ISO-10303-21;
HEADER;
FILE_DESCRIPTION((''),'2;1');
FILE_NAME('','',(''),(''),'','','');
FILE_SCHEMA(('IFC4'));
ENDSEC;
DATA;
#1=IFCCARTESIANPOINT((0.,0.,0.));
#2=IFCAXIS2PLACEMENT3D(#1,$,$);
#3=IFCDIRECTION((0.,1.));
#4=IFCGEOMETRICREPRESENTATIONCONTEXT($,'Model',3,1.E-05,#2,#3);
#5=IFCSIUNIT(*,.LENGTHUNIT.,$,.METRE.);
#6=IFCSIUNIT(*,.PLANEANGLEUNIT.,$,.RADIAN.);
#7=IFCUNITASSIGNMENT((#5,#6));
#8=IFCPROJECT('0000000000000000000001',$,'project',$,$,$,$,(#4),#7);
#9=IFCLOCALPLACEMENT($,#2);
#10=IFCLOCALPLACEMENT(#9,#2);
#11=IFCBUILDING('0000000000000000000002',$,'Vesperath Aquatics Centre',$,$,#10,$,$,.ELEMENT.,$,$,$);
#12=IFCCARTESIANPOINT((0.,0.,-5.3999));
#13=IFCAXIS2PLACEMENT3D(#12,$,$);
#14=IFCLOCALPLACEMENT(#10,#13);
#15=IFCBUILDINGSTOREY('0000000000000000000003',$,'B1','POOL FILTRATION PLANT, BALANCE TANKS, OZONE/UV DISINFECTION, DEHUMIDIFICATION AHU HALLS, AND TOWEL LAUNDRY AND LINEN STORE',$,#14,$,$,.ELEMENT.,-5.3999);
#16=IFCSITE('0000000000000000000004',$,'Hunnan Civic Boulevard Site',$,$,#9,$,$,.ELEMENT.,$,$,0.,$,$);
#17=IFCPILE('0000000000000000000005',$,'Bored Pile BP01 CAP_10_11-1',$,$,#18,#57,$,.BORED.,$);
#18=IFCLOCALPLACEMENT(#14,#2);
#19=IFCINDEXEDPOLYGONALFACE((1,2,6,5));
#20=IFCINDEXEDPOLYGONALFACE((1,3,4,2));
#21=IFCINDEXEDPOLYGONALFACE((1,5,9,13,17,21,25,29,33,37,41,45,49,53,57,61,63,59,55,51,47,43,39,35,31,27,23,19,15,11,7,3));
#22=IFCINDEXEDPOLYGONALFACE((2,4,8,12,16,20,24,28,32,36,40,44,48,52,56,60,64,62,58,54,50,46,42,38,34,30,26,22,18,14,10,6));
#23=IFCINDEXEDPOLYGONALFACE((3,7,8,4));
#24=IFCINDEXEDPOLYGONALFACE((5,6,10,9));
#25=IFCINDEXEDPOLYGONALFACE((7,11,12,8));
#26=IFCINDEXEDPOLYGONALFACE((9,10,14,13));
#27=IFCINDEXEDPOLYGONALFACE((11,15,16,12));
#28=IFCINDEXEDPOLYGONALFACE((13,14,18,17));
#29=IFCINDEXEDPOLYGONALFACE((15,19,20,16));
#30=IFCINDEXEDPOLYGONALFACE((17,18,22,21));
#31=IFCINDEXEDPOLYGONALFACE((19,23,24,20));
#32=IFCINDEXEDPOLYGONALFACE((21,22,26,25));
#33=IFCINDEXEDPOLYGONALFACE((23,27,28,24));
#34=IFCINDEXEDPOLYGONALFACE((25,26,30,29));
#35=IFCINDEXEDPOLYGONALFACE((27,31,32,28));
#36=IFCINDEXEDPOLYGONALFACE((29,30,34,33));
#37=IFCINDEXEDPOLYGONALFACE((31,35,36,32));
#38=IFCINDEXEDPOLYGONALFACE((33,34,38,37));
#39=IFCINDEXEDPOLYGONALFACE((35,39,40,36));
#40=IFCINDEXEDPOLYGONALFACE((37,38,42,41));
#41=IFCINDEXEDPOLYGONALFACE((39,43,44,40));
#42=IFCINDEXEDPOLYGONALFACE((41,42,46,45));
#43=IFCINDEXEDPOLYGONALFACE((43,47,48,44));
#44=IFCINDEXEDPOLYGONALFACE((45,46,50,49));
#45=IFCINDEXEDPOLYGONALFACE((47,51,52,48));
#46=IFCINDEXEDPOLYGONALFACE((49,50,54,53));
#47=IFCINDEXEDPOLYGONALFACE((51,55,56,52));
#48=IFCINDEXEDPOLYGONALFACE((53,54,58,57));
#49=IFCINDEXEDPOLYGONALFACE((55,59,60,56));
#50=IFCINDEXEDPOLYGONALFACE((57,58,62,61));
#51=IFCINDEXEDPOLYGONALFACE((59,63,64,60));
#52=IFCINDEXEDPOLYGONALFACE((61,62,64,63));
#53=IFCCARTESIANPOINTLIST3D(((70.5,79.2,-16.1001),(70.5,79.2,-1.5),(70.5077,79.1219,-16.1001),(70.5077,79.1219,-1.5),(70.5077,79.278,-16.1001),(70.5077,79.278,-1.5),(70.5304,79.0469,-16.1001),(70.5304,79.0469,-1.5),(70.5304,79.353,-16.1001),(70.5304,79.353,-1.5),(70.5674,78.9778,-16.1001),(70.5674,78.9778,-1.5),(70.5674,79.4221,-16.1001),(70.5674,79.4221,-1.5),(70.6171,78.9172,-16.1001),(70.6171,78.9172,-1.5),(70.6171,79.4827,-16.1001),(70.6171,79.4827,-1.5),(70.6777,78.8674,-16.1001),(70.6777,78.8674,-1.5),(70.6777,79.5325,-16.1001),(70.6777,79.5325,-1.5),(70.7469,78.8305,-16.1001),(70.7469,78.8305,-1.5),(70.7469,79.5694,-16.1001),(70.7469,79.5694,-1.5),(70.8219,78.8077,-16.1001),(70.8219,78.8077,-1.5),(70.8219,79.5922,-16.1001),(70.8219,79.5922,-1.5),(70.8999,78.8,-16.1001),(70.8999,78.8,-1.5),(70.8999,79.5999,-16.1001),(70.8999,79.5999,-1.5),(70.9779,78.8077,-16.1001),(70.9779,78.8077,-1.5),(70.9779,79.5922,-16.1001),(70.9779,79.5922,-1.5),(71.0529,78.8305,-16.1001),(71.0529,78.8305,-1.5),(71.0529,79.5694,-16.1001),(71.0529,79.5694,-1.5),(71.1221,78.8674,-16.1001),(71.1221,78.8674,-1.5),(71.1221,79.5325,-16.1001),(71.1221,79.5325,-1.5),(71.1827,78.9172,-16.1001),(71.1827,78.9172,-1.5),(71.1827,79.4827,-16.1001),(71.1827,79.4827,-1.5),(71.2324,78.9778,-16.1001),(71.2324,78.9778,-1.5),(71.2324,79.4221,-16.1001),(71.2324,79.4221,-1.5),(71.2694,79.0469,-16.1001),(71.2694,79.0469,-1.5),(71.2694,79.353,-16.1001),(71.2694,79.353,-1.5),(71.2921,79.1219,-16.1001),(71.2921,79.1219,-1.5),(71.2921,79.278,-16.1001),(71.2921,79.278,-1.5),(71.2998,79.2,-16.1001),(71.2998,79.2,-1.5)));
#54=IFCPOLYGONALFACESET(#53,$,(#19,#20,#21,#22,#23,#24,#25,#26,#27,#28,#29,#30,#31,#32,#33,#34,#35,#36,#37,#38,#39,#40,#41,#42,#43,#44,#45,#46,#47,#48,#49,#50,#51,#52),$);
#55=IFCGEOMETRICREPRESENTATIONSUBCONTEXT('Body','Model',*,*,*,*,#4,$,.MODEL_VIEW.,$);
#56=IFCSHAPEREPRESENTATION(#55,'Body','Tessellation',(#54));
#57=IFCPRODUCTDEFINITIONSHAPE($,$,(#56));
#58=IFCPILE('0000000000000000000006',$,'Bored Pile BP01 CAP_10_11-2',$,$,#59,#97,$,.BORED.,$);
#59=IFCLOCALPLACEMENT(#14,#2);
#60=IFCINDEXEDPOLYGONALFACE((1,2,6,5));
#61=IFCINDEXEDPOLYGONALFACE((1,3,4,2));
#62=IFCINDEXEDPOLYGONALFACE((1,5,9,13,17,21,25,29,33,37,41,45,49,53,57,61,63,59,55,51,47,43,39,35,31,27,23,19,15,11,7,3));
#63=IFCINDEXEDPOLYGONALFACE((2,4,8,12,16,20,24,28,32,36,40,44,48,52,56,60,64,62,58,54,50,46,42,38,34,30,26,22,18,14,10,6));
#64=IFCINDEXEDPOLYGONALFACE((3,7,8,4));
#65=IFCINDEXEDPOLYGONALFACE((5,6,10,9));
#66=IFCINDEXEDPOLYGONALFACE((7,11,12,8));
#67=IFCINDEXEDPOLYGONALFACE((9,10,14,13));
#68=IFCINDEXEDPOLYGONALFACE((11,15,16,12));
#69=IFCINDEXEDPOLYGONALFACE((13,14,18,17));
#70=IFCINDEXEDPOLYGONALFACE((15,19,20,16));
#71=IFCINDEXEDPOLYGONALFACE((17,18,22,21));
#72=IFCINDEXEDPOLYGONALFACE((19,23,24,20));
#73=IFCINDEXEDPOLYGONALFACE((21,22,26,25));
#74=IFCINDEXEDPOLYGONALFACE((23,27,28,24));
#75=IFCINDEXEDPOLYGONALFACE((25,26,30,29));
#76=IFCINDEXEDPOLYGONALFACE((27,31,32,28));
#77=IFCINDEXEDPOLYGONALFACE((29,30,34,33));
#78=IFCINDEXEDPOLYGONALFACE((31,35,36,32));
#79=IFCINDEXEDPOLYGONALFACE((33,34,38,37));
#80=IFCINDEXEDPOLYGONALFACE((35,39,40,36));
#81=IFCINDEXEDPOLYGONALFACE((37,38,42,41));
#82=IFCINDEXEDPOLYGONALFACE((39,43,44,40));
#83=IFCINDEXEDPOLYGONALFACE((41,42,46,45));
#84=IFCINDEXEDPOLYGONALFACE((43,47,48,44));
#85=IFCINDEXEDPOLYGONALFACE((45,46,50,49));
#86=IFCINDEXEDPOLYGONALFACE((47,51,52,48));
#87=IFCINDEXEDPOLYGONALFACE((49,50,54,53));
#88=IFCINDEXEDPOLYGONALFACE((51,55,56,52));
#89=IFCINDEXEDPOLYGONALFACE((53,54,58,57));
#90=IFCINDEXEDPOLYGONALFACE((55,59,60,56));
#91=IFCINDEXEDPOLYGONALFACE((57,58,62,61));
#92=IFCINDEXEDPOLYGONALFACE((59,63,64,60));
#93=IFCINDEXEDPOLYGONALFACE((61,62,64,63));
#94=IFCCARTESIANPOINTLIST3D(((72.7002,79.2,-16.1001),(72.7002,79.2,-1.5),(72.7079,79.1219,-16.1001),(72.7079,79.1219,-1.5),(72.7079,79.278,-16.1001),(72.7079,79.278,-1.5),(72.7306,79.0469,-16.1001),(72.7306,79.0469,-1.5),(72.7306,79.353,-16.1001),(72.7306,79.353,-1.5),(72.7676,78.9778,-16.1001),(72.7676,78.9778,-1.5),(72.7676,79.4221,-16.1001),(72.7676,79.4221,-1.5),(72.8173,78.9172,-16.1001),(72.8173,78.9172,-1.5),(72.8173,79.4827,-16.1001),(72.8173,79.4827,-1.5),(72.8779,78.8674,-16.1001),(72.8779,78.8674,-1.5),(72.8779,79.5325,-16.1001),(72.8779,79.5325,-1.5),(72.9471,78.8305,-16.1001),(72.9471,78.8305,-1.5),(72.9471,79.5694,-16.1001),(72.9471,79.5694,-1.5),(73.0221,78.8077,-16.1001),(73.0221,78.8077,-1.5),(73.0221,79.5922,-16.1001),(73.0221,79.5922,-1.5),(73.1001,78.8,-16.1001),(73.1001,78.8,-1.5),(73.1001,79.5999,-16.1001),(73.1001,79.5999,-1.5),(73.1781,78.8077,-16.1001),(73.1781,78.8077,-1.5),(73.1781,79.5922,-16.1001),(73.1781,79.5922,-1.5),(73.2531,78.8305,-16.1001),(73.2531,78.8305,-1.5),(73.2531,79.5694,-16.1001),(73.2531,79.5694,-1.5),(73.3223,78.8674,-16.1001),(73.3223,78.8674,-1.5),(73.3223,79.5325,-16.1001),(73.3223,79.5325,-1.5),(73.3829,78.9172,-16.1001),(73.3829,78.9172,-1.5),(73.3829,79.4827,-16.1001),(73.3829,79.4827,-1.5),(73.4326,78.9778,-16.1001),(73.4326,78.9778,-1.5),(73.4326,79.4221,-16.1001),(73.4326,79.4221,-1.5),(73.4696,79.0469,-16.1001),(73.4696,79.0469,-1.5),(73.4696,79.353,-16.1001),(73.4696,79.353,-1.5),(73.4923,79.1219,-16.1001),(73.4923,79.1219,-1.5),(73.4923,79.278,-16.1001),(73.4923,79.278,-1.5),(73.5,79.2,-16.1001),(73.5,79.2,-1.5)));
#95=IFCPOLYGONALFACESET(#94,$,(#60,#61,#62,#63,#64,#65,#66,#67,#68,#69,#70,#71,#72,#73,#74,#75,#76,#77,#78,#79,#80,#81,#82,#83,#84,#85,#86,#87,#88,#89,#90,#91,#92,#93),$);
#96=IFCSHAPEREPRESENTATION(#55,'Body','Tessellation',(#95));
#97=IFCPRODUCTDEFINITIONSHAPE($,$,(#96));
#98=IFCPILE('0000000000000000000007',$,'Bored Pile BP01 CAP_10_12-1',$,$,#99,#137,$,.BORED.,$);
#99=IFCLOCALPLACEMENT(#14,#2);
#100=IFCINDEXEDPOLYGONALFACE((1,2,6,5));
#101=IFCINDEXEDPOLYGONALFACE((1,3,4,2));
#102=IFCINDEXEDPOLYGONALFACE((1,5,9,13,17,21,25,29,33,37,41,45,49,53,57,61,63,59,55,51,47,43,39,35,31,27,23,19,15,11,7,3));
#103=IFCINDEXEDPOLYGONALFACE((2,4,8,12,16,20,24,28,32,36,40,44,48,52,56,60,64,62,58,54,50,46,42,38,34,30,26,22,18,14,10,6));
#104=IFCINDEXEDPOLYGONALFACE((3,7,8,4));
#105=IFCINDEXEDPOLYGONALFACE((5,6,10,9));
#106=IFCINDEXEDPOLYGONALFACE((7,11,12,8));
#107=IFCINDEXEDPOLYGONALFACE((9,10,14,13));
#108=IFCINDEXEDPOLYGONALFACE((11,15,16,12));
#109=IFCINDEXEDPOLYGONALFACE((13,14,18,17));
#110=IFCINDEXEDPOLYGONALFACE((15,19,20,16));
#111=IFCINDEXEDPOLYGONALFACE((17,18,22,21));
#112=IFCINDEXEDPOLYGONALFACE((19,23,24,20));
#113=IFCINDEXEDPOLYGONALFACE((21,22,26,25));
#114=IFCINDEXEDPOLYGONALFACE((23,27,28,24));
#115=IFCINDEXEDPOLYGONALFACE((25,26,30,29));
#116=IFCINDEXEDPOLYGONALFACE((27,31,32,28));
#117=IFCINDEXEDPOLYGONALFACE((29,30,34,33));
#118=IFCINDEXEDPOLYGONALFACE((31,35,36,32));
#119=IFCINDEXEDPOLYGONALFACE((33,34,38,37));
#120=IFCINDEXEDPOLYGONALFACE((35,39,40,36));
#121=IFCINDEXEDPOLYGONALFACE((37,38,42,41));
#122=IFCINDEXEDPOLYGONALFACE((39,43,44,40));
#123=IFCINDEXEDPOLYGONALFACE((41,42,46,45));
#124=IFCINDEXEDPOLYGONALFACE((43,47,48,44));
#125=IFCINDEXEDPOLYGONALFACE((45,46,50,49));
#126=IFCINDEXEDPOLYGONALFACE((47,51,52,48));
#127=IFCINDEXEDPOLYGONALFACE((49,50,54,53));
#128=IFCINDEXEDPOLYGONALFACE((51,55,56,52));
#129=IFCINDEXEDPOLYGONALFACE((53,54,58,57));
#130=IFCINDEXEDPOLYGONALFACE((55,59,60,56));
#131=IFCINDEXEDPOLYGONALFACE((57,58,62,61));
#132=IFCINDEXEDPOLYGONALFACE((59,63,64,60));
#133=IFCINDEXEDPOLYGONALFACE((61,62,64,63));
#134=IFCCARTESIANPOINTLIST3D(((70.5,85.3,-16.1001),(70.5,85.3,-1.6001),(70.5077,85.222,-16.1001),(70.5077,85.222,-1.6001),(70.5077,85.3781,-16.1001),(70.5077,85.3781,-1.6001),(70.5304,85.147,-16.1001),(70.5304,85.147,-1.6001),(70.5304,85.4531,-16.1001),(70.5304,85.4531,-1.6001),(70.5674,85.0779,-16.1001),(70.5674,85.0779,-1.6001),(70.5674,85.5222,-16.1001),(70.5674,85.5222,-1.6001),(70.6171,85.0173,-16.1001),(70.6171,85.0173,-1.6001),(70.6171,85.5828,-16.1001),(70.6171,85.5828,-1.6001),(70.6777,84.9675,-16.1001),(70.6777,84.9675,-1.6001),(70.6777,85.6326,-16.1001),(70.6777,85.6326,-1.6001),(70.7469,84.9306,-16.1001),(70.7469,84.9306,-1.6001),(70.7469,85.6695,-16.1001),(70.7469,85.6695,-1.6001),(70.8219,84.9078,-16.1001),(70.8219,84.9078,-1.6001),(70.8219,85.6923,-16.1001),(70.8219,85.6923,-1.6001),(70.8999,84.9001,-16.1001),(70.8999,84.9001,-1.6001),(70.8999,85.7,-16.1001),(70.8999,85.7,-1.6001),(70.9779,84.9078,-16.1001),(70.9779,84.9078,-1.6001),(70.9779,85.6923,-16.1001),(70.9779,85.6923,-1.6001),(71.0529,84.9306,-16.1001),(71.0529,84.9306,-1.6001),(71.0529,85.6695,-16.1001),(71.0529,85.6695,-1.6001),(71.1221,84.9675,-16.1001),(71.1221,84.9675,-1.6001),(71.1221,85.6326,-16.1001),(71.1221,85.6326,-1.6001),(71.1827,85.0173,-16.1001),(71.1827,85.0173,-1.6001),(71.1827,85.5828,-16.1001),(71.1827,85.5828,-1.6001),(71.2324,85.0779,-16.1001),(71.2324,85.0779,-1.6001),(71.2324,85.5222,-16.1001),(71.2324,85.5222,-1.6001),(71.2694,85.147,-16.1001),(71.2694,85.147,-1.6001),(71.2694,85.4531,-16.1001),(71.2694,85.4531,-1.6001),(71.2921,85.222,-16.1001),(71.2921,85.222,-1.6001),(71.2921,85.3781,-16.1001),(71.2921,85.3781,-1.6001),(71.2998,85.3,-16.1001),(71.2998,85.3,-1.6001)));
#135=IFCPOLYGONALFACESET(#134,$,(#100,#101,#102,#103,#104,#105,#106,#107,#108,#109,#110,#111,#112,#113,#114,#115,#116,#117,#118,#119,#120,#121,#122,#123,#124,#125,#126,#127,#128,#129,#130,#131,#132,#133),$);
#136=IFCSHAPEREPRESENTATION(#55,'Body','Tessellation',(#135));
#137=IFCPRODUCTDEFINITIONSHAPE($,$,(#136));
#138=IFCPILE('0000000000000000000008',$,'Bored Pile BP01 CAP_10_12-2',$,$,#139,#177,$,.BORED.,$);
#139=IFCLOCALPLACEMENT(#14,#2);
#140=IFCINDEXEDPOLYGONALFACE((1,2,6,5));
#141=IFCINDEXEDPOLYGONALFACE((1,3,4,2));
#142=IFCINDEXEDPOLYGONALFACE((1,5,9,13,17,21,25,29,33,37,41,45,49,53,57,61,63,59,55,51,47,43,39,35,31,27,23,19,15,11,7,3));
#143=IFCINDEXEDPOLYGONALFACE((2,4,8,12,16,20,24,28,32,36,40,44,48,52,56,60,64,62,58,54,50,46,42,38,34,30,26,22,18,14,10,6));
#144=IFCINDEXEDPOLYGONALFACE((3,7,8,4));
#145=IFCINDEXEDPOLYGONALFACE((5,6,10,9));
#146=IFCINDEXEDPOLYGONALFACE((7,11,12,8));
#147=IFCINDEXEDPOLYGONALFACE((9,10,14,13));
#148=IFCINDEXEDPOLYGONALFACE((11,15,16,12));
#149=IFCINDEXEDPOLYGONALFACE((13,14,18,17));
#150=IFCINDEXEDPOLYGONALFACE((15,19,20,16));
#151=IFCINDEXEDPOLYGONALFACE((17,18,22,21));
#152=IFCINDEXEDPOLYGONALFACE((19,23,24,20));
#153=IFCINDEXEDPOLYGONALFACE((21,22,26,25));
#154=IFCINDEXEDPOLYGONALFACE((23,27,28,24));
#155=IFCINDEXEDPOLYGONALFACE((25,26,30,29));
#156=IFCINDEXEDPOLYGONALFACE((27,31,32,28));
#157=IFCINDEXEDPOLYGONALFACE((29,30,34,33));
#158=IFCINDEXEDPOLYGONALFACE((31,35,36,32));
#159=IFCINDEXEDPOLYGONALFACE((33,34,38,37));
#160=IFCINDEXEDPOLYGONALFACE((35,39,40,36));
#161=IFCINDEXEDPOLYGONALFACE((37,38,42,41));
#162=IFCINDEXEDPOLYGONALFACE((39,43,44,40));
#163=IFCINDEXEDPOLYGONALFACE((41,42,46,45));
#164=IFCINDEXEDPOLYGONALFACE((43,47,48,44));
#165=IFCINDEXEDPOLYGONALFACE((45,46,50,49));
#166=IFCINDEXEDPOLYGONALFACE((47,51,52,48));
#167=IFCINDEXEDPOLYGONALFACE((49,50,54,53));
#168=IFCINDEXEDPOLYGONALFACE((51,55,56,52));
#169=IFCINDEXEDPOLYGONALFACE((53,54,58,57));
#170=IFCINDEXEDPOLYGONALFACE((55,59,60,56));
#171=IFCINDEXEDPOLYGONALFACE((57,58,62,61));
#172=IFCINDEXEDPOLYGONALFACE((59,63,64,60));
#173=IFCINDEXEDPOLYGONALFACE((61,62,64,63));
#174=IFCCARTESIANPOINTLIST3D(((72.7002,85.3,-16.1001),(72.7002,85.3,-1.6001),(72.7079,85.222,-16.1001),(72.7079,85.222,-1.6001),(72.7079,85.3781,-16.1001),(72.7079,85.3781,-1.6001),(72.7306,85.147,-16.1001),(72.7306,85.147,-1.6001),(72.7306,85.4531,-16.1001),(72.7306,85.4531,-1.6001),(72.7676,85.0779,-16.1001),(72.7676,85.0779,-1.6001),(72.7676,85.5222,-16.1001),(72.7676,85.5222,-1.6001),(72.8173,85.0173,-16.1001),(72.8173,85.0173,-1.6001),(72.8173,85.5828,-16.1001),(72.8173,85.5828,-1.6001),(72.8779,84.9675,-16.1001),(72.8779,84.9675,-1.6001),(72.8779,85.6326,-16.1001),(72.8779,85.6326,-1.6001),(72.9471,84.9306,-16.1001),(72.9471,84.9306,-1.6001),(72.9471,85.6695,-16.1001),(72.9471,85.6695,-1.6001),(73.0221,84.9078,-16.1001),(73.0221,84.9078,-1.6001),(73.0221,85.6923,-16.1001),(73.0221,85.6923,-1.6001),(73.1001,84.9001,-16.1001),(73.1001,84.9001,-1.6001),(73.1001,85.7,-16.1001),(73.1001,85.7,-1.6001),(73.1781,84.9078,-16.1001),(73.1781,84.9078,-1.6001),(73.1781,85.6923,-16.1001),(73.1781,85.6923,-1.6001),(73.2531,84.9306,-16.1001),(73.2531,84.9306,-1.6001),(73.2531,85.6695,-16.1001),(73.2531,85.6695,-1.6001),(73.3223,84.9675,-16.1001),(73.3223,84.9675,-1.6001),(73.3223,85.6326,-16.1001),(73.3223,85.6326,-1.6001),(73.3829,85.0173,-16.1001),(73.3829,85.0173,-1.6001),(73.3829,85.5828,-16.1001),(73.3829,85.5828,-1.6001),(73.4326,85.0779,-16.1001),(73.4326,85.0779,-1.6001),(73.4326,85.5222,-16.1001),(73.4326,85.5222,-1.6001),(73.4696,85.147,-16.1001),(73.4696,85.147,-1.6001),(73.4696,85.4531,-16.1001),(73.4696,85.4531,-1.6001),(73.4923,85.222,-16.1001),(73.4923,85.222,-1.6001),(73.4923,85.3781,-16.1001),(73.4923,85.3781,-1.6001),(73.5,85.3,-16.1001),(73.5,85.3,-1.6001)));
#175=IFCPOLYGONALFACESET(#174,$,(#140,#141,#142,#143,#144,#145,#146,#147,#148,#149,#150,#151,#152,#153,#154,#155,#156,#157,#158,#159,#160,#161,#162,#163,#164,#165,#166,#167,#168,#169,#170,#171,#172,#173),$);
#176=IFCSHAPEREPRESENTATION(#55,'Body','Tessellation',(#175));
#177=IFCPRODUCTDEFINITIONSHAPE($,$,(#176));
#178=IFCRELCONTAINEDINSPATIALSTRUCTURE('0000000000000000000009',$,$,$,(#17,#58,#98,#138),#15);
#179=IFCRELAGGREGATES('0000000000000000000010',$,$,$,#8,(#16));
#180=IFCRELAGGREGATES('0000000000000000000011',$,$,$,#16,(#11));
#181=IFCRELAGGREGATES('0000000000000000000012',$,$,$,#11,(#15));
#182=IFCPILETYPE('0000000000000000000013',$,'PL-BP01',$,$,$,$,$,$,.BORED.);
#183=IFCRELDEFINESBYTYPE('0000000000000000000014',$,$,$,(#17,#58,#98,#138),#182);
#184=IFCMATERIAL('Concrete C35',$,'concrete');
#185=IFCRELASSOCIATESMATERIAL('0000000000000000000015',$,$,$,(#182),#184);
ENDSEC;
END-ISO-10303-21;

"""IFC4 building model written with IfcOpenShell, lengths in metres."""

from ifc_helpers import new_model, si_unit, direction, frame, origin, origin_2d, place, context, subcontext, project, spatial, circle, extrude, material, material_profile, profile_set, type_object, element, save


model = new_model("IFC4")

# Units and contexts
model_context = context("Model", 3, precision=1e-05, world=origin(), true_north=direction((0.0, 1.0)))
body_context = subcontext(model_context, "Body", "Model", "MODEL_VIEW")
ifc_project = project(units=[si_unit("LENGTHUNIT", "METRE"), si_unit("PLANEANGLEUNIT", "RADIAN")], contexts=[model_context])

# Site, building, storey
site_placement = place(None, origin())
site = spatial("IfcSite", under=ifc_project, at=site_placement, Name="Hunnan Civic Boulevard Site", CompositionType="ELEMENT", RefElevation=0.0)
building_placement = place(site_placement, origin())
building = spatial("IfcBuilding", under=site, at=building_placement, Name="Vesperath Aquatics Centre", CompositionType="ELEMENT")
storey_placement = place(building_placement, frame((0.0, 0.0, -5.3999)))
storey = spatial("IfcBuildingStorey", under=building, at=storey_placement, Name="B1", Description="POOL FILTRATION PLANT, BALANCE TANKS, OZONE/UV DISINFECTION, DEHUMIDIFICATION AHU HALLS, AND TOWEL LAUNDRY AND LINEN STORE", CompositionType="ELEMENT", Elevation=-5.3999)

# Piles
ifc_material_1 = material(Name="Concrete C35", Category="concrete")
ifc_material_profile_1 = material_profile(ifc_material_1, circle(Radius=0.3999, at=origin_2d()), Name="PILE D800")
ifc_profile_set_1 = profile_set([ifc_material_profile_1], Name="Concrete C35")
pile_type_1 = type_object("IfcPileType", Name="PL-BP01", PredefinedType="BORED", material=ifc_profile_set_1)
for number, where, z_axis, x_axis, name in (
    (1, (70.8999, 79.2, -1.5), (0.0, 0.0, -1.0), (1.0, 0.0, 0.0), "Bored Pile BP01 CAP_10_11-1"),
    (2, (73.1001, 79.2, -1.5), (0.0, 0.0, -1.0), (1.0, 0.0, 0.0), "Bored Pile BP01 CAP_10_11-2"),
):
    element("IfcPile", number, at=place(storey_placement, frame(where, z_axis=z_axis, x_axis=x_axis)), inside=storey, type_object=pile_type_1, Name=name, PredefinedType="BORED", context=body_context, shape_type="SweptSolid", body=[
        extrude(circle(Radius=0.3999, at=origin_2d()), origin(), (0.0, 0.0, 1.0), 14.6001),
    ])
for number, where, z_axis, x_axis, name in (
    (3, (70.8999, 85.3, -1.6001), (0.0, 0.0, -1.0), (1.0, 0.0, 0.0), "Bored Pile BP01 CAP_10_12-1"),
    (4, (73.1001, 85.3, -1.6001), (0.0, 0.0, -1.0), (1.0, 0.0, 0.0), "Bored Pile BP01 CAP_10_12-2"),
):
    element("IfcPile", number, at=place(storey_placement, frame(where, z_axis=z_axis, x_axis=x_axis)), inside=storey, type_object=pile_type_1, Name=name, PredefinedType="BORED", context=body_context, shape_type="SweptSolid", body=[
        extrude(circle(Radius=0.3999, at=origin_2d()), origin(), (0.0, 0.0, 1.0), 14.5),
    ])

save(model, "model.ifc")
